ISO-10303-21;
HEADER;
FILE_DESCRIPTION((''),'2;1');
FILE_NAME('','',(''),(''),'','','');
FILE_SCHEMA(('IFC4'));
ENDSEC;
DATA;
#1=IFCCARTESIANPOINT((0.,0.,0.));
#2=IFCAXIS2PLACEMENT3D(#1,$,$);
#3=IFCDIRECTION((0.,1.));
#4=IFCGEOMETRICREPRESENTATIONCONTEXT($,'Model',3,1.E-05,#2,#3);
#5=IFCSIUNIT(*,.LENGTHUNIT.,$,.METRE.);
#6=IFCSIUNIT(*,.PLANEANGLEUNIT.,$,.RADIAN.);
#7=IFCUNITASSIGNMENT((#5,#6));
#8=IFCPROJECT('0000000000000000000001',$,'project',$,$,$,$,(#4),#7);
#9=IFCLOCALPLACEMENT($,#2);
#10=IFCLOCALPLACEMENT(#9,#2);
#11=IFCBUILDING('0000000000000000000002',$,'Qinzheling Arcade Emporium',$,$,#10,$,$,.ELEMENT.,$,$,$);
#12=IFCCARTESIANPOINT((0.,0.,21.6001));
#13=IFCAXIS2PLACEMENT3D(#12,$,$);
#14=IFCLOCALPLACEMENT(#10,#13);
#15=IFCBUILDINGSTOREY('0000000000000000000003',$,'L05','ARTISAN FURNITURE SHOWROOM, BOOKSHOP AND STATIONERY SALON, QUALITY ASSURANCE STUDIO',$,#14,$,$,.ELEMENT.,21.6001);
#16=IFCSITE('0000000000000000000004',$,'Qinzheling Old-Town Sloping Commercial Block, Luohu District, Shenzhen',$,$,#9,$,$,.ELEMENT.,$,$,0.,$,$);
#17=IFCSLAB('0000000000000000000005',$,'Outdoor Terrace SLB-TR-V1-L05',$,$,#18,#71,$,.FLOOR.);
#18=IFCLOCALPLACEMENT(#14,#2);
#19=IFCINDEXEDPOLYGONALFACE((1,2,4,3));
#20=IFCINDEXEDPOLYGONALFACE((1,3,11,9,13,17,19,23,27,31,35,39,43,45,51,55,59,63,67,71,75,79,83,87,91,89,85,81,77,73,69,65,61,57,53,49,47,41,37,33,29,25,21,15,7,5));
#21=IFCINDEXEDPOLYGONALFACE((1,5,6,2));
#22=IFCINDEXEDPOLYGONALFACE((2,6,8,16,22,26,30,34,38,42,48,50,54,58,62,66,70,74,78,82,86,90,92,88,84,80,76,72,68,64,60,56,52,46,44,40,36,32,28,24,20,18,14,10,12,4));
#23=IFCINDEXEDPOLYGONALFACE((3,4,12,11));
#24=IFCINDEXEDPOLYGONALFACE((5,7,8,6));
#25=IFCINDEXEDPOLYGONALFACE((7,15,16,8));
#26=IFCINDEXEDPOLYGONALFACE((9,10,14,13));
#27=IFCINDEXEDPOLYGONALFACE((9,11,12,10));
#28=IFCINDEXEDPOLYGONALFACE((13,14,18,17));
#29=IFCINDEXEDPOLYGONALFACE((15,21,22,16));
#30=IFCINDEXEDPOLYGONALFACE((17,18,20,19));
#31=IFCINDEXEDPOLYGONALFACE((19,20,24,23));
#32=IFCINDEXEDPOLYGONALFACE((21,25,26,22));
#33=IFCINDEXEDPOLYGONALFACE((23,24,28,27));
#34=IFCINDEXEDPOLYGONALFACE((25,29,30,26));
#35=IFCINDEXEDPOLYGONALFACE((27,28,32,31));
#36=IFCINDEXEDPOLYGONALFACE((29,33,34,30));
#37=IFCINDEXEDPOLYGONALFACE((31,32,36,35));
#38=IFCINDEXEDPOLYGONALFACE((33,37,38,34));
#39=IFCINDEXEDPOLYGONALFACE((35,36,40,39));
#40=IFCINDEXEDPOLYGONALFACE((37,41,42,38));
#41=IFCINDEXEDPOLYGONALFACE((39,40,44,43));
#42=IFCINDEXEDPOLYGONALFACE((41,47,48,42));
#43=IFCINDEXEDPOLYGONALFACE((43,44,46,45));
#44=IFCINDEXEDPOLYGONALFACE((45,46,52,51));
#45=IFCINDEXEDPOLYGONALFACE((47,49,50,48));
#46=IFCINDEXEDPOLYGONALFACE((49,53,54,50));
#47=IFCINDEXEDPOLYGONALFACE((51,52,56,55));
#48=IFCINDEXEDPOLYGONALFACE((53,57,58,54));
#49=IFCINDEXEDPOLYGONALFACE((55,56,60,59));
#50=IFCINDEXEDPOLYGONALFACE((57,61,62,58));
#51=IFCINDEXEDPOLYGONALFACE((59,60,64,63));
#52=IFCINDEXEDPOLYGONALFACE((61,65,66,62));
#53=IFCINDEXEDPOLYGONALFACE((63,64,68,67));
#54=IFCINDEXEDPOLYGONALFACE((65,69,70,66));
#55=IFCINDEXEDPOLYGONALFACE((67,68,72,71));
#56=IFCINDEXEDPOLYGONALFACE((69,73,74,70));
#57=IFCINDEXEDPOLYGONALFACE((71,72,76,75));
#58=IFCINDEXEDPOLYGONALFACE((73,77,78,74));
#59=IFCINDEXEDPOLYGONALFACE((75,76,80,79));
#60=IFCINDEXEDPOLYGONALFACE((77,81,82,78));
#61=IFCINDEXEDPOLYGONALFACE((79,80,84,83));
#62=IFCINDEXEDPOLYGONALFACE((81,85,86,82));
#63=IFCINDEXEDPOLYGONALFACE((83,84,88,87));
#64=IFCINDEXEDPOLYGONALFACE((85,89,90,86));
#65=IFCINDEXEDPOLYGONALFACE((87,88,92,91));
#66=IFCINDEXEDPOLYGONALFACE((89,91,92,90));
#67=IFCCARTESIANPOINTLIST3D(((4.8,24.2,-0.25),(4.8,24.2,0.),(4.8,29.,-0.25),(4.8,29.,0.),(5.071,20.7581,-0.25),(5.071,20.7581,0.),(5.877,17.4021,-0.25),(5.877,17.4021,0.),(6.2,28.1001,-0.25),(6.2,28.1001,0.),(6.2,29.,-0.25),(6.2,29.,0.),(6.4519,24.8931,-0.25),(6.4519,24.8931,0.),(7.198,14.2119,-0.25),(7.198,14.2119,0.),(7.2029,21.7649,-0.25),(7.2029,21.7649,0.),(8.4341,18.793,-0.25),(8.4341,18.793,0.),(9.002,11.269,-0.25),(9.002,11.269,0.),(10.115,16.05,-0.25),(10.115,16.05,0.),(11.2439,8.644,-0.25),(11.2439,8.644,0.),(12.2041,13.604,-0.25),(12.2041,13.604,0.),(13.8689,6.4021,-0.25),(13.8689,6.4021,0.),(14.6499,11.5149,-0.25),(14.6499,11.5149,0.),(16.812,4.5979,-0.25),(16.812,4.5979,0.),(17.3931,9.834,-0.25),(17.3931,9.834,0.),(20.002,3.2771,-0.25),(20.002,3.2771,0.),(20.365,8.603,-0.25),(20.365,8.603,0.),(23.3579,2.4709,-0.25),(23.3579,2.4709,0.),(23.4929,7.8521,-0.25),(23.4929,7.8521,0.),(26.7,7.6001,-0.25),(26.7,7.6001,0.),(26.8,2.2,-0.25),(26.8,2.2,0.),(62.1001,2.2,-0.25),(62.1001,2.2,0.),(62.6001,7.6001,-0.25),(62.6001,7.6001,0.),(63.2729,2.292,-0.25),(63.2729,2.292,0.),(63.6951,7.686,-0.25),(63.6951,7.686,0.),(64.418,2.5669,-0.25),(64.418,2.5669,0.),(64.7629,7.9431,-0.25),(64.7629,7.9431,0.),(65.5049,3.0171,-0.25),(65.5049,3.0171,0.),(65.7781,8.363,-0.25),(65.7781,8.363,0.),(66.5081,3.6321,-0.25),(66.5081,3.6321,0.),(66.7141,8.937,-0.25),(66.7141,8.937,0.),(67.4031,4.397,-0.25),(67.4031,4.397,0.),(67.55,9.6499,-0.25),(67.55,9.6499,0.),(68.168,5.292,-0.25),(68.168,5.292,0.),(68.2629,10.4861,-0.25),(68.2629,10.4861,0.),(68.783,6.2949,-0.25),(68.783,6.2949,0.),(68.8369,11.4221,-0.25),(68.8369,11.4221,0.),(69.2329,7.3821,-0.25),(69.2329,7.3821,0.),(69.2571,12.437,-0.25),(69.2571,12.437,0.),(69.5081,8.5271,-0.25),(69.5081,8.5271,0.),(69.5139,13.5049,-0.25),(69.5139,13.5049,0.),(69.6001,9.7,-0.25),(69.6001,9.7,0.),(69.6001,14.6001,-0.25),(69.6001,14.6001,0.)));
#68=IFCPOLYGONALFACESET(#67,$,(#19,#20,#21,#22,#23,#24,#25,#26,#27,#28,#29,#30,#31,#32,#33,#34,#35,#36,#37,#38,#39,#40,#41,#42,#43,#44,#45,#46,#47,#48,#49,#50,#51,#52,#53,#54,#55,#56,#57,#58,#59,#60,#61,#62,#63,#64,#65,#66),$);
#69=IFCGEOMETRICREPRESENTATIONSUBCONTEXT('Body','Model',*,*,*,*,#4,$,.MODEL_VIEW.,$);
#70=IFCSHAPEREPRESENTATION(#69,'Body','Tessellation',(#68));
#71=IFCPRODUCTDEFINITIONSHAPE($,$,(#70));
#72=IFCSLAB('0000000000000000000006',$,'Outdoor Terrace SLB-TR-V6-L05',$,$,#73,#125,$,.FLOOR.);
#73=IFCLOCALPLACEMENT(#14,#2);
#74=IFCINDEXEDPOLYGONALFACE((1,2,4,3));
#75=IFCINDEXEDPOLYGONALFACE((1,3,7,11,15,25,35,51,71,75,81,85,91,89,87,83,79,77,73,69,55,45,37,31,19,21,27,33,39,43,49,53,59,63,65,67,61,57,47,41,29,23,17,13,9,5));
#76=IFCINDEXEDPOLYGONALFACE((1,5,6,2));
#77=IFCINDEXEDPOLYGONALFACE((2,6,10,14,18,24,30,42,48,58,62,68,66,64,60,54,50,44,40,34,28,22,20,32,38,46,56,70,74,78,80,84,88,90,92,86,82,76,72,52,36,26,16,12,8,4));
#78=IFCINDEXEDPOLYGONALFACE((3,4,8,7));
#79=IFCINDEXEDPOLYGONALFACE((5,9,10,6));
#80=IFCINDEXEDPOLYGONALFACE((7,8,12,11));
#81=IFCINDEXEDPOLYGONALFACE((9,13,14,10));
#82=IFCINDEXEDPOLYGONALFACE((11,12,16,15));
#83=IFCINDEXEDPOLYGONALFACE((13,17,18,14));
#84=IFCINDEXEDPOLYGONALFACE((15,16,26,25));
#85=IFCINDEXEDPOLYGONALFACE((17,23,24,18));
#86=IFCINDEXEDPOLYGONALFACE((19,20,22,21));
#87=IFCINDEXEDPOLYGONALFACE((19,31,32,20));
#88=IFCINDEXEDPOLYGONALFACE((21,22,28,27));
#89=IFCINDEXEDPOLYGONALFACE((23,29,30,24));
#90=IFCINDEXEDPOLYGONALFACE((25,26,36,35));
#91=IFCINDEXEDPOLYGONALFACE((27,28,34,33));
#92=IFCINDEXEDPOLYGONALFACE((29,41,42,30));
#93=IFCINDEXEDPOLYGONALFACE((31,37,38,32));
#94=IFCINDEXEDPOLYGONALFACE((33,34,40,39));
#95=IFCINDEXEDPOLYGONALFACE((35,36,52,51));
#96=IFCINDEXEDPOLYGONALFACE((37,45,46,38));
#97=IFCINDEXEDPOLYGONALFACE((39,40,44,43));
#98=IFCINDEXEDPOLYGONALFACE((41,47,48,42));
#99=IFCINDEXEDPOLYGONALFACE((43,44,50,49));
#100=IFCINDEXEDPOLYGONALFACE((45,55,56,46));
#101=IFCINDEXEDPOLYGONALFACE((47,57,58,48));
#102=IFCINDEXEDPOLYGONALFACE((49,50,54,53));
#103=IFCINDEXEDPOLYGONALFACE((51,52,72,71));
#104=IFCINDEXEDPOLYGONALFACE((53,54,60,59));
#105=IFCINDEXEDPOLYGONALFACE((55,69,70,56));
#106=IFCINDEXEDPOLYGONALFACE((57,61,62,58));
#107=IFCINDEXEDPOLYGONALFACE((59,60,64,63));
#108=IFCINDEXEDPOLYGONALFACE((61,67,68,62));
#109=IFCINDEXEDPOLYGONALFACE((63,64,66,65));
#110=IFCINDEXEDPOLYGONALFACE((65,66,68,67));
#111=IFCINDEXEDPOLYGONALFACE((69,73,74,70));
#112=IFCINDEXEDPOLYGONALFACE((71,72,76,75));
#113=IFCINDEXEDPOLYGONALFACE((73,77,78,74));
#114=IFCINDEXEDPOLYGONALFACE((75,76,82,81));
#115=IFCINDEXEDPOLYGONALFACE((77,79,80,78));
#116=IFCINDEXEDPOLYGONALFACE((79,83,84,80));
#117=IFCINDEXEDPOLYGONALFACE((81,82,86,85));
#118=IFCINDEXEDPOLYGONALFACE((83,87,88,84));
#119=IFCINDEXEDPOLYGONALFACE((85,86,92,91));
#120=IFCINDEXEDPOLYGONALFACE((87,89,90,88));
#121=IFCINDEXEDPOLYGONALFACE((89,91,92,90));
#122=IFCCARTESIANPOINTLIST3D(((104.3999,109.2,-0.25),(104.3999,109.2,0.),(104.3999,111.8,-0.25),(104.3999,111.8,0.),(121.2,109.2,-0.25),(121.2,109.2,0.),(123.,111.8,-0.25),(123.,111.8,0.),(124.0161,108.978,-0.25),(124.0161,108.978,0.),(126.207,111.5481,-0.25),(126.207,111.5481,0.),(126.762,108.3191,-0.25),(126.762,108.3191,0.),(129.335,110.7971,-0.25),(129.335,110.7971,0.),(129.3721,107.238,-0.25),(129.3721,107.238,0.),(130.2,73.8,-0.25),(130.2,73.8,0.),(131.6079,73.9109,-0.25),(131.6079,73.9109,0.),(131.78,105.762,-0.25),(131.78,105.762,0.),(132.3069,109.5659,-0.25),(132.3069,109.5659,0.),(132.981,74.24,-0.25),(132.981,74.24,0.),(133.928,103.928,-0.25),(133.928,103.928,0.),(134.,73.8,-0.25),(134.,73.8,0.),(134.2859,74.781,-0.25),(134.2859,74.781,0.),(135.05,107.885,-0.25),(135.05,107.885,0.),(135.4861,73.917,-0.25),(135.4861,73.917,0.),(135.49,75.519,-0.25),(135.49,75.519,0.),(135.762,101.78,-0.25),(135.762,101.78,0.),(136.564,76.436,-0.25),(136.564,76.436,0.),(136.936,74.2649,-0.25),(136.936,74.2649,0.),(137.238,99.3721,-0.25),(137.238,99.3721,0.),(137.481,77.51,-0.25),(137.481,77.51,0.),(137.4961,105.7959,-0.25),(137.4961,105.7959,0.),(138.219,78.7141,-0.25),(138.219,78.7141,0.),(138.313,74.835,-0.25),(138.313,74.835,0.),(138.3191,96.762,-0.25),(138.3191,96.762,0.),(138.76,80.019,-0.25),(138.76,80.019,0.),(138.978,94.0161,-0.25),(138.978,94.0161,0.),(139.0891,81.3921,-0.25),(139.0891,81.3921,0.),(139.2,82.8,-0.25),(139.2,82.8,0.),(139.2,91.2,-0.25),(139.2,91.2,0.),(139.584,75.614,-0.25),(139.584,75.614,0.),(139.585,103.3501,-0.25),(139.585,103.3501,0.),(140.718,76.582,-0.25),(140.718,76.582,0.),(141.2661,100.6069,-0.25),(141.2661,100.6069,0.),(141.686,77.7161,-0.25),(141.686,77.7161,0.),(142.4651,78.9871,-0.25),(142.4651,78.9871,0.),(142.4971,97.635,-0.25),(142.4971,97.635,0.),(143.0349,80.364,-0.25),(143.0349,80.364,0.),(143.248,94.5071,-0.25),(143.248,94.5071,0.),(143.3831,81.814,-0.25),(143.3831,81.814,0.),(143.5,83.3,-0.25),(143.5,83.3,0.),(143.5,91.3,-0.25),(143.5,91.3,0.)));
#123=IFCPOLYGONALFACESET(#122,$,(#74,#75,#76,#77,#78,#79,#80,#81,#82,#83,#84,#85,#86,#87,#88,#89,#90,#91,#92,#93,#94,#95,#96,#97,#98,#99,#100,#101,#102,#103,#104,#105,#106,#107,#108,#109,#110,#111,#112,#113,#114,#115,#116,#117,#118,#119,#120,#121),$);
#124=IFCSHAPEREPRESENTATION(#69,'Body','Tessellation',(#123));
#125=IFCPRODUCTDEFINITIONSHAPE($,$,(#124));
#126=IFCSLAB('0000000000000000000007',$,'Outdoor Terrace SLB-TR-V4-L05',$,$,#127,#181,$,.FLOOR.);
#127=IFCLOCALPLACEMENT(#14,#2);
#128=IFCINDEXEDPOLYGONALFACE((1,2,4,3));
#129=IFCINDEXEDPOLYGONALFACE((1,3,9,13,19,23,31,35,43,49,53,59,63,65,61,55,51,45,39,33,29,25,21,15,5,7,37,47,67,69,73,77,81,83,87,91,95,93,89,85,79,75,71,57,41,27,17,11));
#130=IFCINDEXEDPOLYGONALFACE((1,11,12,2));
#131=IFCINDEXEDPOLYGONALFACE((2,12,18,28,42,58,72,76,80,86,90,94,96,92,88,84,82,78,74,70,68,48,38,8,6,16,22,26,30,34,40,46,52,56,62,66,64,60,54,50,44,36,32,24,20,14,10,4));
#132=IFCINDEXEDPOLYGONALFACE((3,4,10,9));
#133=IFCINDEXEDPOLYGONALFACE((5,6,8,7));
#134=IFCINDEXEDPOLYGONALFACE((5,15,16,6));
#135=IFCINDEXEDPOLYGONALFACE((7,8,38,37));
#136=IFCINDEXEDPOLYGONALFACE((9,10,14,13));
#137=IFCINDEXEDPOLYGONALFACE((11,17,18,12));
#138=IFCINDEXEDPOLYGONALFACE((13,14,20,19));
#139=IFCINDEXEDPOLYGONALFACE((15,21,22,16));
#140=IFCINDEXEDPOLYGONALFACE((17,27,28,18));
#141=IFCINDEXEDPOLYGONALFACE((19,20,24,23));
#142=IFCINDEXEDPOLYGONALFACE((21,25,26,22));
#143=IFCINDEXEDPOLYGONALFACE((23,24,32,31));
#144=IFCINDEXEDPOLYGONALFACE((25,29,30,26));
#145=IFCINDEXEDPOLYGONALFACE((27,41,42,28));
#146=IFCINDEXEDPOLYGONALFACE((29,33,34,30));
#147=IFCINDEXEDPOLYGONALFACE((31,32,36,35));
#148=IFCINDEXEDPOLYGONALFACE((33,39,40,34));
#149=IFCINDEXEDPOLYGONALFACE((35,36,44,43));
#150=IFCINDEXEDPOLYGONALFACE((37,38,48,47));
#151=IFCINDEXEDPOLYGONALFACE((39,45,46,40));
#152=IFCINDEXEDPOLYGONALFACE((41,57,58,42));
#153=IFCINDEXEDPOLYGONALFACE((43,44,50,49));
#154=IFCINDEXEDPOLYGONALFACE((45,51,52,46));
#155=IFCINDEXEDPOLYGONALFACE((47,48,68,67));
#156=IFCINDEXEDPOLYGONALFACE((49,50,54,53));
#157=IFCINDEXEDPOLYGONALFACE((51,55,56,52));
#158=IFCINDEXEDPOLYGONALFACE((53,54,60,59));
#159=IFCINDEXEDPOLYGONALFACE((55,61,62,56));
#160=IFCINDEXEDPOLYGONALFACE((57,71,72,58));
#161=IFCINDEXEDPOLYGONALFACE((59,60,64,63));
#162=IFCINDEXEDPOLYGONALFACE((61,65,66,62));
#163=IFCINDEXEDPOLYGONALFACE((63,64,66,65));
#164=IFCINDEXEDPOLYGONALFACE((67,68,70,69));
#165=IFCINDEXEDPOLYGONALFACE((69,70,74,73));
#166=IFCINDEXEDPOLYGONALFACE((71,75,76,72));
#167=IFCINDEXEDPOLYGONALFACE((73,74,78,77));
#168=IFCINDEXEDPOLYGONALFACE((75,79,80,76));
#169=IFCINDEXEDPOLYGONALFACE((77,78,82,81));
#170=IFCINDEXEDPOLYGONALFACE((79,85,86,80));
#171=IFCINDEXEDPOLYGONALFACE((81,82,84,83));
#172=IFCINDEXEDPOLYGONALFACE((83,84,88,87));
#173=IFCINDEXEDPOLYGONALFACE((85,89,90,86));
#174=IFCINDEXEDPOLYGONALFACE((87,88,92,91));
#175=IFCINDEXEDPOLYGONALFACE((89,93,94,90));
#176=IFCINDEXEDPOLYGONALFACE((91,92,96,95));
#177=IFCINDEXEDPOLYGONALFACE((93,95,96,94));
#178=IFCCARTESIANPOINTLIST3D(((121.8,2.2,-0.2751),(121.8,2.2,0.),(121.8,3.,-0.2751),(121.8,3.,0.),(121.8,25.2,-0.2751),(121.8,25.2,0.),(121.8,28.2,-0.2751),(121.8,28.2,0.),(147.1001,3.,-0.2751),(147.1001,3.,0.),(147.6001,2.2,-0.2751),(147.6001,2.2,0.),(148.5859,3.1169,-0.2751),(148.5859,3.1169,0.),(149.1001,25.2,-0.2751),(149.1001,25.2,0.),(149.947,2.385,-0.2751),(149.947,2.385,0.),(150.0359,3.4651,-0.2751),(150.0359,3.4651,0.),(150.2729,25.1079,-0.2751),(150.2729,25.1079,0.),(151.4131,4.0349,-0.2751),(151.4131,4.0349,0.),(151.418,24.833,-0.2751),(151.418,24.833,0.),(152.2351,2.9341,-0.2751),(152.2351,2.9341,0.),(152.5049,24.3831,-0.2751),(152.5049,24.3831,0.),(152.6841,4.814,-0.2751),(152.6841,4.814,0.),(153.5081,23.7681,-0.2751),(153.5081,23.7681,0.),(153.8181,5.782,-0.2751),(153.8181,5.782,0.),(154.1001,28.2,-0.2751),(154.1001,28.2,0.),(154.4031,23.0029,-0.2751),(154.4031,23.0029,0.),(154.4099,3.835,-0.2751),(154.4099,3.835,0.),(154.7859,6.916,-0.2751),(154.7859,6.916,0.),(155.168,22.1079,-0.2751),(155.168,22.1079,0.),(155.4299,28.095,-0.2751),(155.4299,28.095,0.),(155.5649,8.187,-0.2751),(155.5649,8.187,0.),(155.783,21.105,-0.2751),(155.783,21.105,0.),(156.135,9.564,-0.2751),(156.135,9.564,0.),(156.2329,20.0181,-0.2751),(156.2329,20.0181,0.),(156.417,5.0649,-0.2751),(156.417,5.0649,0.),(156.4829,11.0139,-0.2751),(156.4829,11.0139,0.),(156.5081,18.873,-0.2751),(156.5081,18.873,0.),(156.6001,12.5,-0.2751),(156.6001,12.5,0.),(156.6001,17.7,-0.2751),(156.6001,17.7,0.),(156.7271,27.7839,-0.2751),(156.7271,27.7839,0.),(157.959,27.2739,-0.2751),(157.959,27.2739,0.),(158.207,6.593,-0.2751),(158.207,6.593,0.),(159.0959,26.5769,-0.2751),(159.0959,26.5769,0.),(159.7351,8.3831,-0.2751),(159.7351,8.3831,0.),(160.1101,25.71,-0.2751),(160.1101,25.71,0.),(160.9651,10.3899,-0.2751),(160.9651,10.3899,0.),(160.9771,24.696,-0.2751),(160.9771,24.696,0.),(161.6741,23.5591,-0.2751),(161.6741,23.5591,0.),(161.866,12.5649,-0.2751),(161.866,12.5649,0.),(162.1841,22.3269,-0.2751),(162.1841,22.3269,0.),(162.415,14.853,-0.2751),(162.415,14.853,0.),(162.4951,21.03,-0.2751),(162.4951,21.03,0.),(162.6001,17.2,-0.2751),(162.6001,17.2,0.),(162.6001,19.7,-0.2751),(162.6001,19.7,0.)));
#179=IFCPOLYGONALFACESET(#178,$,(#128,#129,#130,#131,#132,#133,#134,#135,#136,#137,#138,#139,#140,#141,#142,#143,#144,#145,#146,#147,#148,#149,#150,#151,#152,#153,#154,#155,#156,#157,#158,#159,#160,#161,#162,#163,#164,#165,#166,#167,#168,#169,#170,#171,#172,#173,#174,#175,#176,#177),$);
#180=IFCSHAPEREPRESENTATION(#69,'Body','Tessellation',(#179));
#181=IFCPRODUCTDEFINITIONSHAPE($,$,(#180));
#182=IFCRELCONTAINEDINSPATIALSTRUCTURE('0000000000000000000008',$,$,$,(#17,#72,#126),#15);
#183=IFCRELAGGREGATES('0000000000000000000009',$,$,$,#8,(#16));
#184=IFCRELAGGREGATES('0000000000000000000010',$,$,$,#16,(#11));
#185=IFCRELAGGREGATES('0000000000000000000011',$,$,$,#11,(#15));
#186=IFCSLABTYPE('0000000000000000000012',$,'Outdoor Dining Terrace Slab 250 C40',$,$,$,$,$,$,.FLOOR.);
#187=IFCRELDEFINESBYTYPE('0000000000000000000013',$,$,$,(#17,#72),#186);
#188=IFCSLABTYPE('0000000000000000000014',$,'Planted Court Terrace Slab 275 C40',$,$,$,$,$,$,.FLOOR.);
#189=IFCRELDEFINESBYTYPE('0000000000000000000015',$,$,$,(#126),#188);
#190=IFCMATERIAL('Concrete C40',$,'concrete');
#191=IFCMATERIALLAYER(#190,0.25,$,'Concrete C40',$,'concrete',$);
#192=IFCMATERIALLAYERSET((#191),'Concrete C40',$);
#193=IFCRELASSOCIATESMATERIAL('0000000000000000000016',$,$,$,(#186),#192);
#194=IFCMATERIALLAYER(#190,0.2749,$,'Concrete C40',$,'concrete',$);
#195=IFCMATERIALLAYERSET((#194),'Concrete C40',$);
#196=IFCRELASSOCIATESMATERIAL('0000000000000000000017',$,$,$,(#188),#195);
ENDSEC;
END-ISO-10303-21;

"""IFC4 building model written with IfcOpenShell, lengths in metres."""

from ifc_helpers import new_model, si_unit, direction, frame, origin, place, context, subcontext, project, spatial, polyline, outline, extrude, material, layer, layer_set, type_object, element, save


model = new_model("IFC4")

# Units and contexts
model_context = context("Model", 3, precision=1e-05, world=origin(), true_north=direction((0.0, 1.0)))
body_context = subcontext(model_context, "Body", "Model", "MODEL_VIEW")
ifc_project = project(units=[si_unit("LENGTHUNIT", "METRE"), si_unit("PLANEANGLEUNIT", "RADIAN")], contexts=[model_context])

# Site, building, storey
site_placement = place(None, origin())
site = spatial("IfcSite", under=ifc_project, at=site_placement, Name="Qinzheling Old-Town Sloping Commercial Block, Luohu District, Shenzhen", CompositionType="ELEMENT", RefElevation=0.0)
building_placement = place(site_placement, origin())
building = spatial("IfcBuilding", under=site, at=building_placement, Name="Qinzheling Arcade Emporium", CompositionType="ELEMENT")
storey_placement = place(building_placement, frame((0.0, 0.0, 21.6001)))
storey = spatial("IfcBuildingStorey", under=building, at=storey_placement, Name="L05", Description="ARTISAN FURNITURE SHOWROOM, BOOKSHOP AND STATIONERY SALON, QUALITY ASSURANCE STUDIO", CompositionType="ELEMENT", Elevation=21.6001)

# Slabs
ifc_material = material(Name="Concrete C40", Category="concrete")
ifc_layer_1 = layer(ifc_material, 0.25, Name="Concrete C40", Category="concrete")
ifc_layer_set_1 = layer_set([ifc_layer_1], Name="Concrete C40")
slab_type_1 = type_object("IfcSlabType", Name="Outdoor Dining Terrace Slab 250 C40", PredefinedType="FLOOR", material=ifc_layer_set_1)
slab_1_placement = place(storey_placement, frame((0.0, 0.0, -0.25)))
element("IfcSlab", 1, at=slab_1_placement, inside=storey, type_object=slab_type_1, Name="Outdoor Terrace SLB-TR-V1-L05", PredefinedType="FLOOR", context=body_context, shape_type="SweptSolid", body=[
    extrude(outline(polyline([(69.6001, 9.7), (69.6001, 14.6001), (69.5139, 13.5049), (69.2571, 12.437), (68.8369, 11.4221), (68.2629, 10.4861), (67.55, 9.6499), (66.7141, 8.937), (65.7781, 8.363), (64.7629, 7.9431), (63.6951, 7.686), (62.6001, 7.6001), (26.7, 7.6001), (23.4929, 7.8521), (20.365, 8.603), (17.3931, 9.834), (14.6499, 11.5149), (12.2041, 13.604), (10.115, 16.05), (8.4341, 18.793), (7.2029, 21.7649), (6.4519, 24.8931), (6.2, 28.1001), (6.2, 29.0), (4.8, 29.0), (4.8, 24.2), (5.071, 20.7581), (5.877, 17.4021), (7.198, 14.2119), (9.002, 11.269), (11.2439, 8.644), (13.8689, 6.4021), (16.812, 4.5979), (20.002, 3.2771), (23.3579, 2.4709), (26.8, 2.2), (62.1001, 2.2), (63.2729, 2.292), (64.418, 2.5669), (65.5049, 3.0171), (66.5081, 3.6321), (67.4031, 4.397), (68.168, 5.292), (68.783, 6.2949), (69.2329, 7.3821), (69.5081, 8.5271), (69.6001, 9.7)])), origin(), (0.0, 0.0, 1.0), 0.25),
])
slab_2_placement = place(storey_placement, frame((0.0, 0.0, -0.25)))
element("IfcSlab", 2, at=slab_2_placement, inside=storey, type_object=slab_type_1, Name="Outdoor Terrace SLB-TR-V6-L05", PredefinedType="FLOOR", context=body_context, shape_type="SweptSolid", body=[
    extrude(outline(polyline([(104.3999, 111.8), (104.3999, 109.2), (121.2, 109.2), (124.0161, 108.978), (126.762, 108.3191), (129.3721, 107.238), (131.78, 105.762), (133.928, 103.928), (135.762, 101.78), (137.238, 99.3721), (138.3191, 96.762), (138.978, 94.0161), (139.2, 91.2), (139.2, 82.8), (139.0891, 81.3921), (138.76, 80.019), (138.219, 78.7141), (137.481, 77.51), (136.564, 76.436), (135.49, 75.519), (134.2859, 74.781), (132.981, 74.24), (131.6079, 73.9109), (130.2, 73.8), (134.0, 73.8), (135.4861, 73.917), (136.936, 74.2649), (138.313, 74.835), (139.584, 75.614), (140.718, 76.582), (141.686, 77.7161), (142.4651, 78.9871), (143.0349, 80.364), (143.3831, 81.814), (143.5, 83.3), (143.5, 91.3), (143.248, 94.5071), (142.4971, 97.635), (141.2661, 100.6069), (139.585, 103.3501), (137.4961, 105.7959), (135.05, 107.885), (132.3069, 109.5659), (129.335, 110.7971), (126.207, 111.5481), (123.0, 111.8), (104.3999, 111.8)])), origin(), (0.0, 0.0, 1.0), 0.25),
])
ifc_layer_2 = layer(ifc_material, 0.2749, Name="Concrete C40", Category="concrete")
ifc_layer_set_2 = layer_set([ifc_layer_2], Name="Concrete C40")
slab_type_2 = type_object("IfcSlabType", Name="Planted Court Terrace Slab 275 C40", PredefinedType="FLOOR", material=ifc_layer_set_2)
slab_3_placement = place(storey_placement, frame((0.0, 0.0, -0.2751)))
element("IfcSlab", 3, at=slab_3_placement, inside=storey, type_object=slab_type_2, Name="Outdoor Terrace SLB-TR-V4-L05", PredefinedType="FLOOR", context=body_context, shape_type="SweptSolid", body=[
    extrude(outline(polyline([(121.8, 28.2), (121.8, 25.2), (149.1001, 25.2), (150.2729, 25.1079), (151.418, 24.833), (152.5049, 24.3831), (153.5081, 23.7681), (154.4031, 23.0029), (155.168, 22.1079), (155.783, 21.105), (156.2329, 20.0181), (156.5081, 18.873), (156.6001, 17.7), (156.6001, 12.5), (156.4829, 11.0139), (156.135, 9.564), (155.5649, 8.187), (154.7859, 6.916), (153.8181, 5.782), (152.6841, 4.814), (151.4131, 4.0349), (150.0359, 3.4651), (148.5859, 3.1169), (147.1001, 3.0), (121.8, 3.0), (121.8, 2.2), (147.6001, 2.2), (149.947, 2.385), (152.2351, 2.9341), (154.4099, 3.835), (156.417, 5.0649), (158.207, 6.593), (159.7351, 8.3831), (160.9651, 10.3899), (161.866, 12.5649), (162.415, 14.853), (162.6001, 17.2), (162.6001, 19.7), (162.4951, 21.03), (162.1841, 22.3269), (161.6741, 23.5591), (160.9771, 24.696), (160.1101, 25.71), (159.0959, 26.5769), (157.959, 27.2739), (156.7271, 27.7839), (155.4299, 28.095), (154.1001, 28.2), (121.8, 28.2)])), origin(), (0.0, 0.0, 1.0), 0.2751),
])

save(model, "model.ifc")
